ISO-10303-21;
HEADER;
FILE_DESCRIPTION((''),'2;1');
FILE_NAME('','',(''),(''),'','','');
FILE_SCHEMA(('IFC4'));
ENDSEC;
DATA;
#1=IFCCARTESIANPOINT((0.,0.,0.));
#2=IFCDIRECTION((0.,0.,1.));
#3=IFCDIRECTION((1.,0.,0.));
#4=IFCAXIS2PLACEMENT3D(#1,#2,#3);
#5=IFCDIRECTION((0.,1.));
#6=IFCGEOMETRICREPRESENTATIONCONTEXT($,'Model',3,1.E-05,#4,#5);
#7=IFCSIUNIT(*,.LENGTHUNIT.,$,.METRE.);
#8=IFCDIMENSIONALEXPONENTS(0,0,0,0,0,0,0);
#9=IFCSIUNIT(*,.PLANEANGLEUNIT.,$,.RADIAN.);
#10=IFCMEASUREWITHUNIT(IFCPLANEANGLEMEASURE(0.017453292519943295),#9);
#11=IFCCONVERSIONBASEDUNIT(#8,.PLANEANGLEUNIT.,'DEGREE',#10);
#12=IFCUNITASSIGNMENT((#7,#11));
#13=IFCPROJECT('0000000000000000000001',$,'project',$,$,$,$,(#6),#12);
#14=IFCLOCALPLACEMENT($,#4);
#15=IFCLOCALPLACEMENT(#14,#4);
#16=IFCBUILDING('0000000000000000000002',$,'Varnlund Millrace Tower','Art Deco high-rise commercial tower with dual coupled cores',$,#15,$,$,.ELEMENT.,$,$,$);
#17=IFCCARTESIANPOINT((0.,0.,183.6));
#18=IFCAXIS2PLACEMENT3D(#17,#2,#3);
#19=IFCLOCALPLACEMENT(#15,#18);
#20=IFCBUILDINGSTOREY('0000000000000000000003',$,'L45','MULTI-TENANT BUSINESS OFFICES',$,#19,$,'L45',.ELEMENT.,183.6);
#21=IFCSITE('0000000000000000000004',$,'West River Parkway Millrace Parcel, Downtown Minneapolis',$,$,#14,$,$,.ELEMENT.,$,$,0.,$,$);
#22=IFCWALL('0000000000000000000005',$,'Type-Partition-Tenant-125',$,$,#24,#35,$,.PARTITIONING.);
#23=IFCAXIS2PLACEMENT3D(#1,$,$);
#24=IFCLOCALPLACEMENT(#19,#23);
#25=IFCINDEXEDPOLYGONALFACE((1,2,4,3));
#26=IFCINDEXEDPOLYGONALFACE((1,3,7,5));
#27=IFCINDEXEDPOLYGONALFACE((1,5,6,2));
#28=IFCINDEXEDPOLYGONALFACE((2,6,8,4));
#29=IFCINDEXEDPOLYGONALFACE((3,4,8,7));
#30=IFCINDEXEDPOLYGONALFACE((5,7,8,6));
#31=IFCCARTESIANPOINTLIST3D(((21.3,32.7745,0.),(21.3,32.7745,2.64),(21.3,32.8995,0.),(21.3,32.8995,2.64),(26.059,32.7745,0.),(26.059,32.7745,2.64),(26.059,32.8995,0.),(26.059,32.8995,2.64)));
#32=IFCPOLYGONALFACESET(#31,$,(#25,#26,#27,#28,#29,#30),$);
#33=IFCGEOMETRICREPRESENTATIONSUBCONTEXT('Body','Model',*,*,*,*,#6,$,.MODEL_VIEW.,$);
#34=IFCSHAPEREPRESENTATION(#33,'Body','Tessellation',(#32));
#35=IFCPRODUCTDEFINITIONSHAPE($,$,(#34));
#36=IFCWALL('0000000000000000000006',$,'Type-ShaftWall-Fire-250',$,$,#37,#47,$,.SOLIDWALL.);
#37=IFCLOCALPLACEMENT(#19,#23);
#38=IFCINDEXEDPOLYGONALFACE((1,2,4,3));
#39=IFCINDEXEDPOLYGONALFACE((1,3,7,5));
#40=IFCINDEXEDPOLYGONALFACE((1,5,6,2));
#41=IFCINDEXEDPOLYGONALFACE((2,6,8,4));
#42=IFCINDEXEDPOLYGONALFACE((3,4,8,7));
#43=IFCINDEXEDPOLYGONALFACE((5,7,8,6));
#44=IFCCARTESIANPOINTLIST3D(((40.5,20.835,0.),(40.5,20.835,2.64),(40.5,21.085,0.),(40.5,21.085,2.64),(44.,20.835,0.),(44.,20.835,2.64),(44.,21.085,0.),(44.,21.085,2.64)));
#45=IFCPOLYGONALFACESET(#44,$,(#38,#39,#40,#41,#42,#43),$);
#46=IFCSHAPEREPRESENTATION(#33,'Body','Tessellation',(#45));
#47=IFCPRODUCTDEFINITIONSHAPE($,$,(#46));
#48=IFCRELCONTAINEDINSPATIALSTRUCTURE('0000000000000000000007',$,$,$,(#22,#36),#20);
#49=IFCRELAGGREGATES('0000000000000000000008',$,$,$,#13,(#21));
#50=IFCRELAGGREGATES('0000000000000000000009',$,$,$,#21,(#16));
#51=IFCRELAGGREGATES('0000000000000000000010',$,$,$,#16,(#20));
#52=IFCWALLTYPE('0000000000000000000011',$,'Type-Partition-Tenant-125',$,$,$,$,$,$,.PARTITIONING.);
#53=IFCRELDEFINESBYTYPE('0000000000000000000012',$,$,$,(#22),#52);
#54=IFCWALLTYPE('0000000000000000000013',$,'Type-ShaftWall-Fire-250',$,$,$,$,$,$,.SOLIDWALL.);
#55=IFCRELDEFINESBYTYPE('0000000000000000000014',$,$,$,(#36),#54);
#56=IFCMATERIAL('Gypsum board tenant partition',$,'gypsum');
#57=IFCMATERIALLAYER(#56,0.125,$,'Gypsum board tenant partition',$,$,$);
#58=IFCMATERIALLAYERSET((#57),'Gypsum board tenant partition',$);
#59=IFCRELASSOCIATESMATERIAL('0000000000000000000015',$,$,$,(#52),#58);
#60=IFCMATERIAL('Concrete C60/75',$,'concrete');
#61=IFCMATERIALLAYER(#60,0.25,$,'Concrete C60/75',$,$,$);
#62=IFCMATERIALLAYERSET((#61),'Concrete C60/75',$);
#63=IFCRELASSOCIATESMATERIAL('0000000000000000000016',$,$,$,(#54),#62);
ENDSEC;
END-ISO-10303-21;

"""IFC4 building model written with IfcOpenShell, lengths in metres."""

from ifc_helpers import new_model, entity, si_unit, converted_unit, direction, frame, origin_with_axes, place, context, subcontext, project, spatial, polyline, outline, extrude, material, layer, layer_set, type_object, element, save


model = new_model("IFC4")

# Units and contexts
model_context = context("Model", 3, precision=1e-05, world=origin_with_axes(), true_north=direction((0.0, 1.0)))
body_context = subcontext(model_context, "Body", "Model", "MODEL_VIEW")
ifc_project = project(units=[si_unit("LENGTHUNIT", "METRE"), converted_unit("PLANEANGLEUNIT", "DEGREE", entity("IfcPlaneAngleMeasure", 0.017453292519943295), si_unit("PLANEANGLEUNIT", "RADIAN"), dimensions=[0, 0, 0, 0, 0, 0, 0])], contexts=[model_context])

# Site, building, storey
site_placement = place(None, origin_with_axes())
site = spatial("IfcSite", under=ifc_project, at=site_placement, Name="West River Parkway Millrace Parcel, Downtown Minneapolis", CompositionType="ELEMENT", RefElevation=0.0)
building_placement = place(site_placement, origin_with_axes())
building = spatial("IfcBuilding", under=site, at=building_placement, Name="Varnlund Millrace Tower", Description="Art Deco high-rise commercial tower with dual coupled cores", CompositionType="ELEMENT")
storey_placement = place(building_placement, frame((0.0, 0.0, 183.6), z_axis=(0.0, 0.0, 1.0), x_axis=(1.0, 0.0, 0.0)))
storey = spatial("IfcBuildingStorey", under=building, at=storey_placement, Name="L45", Description="MULTI-TENANT BUSINESS OFFICES", LongName="L45", CompositionType="ELEMENT", Elevation=183.6)

# Walls
ifc_material_1 = material(Name="Gypsum board tenant partition", Category="gypsum")
ifc_layer_1 = layer(ifc_material_1, 0.125, Name="Gypsum board tenant partition")
ifc_layer_set_1 = layer_set([ifc_layer_1], Name="Gypsum board tenant partition")
wall_type_1 = type_object("IfcWallType", Name="Type-Partition-Tenant-125", PredefinedType="PARTITIONING", material=ifc_layer_set_1)
wall_1_placement = place(storey_placement, frame((21.3, 32.837, 0.0), z_axis=(0.0, 0.0, 1.0), x_axis=(1.0, 0.0, 0.0)))
element("IfcWall", 1, at=wall_1_placement, inside=storey, type_object=wall_type_1, Name="Type-Partition-Tenant-125", PredefinedType="PARTITIONING", context=body_context, shape_type="SweptSolid", body=[
    extrude(outline(polyline([(0.0, -0.0625), (4.759, -0.0625), (4.759, 0.0625), (0.0, 0.0625), (0.0, -0.0625)])), origin_with_axes(), (0.0, 0.0, 1.0), 2.64),
])
ifc_material_2 = material(Name="Concrete C60/75", Category="concrete")
ifc_layer_2 = layer(ifc_material_2, 0.25, Name="Concrete C60/75")
ifc_layer_set_2 = layer_set([ifc_layer_2], Name="Concrete C60/75")
wall_type_2 = type_object("IfcWallType", Name="Type-ShaftWall-Fire-250", PredefinedType="SOLIDWALL", material=ifc_layer_set_2)
wall_2_placement = place(storey_placement, frame((40.5, 20.96, 0.0), z_axis=(0.0, 0.0, 1.0), x_axis=(1.0, 0.0, 0.0)))
element("IfcWall", 2, at=wall_2_placement, inside=storey, type_object=wall_type_2, Name="Type-ShaftWall-Fire-250", PredefinedType="SOLIDWALL", context=body_context, shape_type="SweptSolid", body=[
    extrude(outline(polyline([(0.0, -0.125), (3.5, -0.125), (3.5, 0.125), (0.0, 0.125), (0.0, -0.125)])), origin_with_axes(), (0.0, 0.0, 1.0), 2.64),
])

save(model, "model.ifc")
